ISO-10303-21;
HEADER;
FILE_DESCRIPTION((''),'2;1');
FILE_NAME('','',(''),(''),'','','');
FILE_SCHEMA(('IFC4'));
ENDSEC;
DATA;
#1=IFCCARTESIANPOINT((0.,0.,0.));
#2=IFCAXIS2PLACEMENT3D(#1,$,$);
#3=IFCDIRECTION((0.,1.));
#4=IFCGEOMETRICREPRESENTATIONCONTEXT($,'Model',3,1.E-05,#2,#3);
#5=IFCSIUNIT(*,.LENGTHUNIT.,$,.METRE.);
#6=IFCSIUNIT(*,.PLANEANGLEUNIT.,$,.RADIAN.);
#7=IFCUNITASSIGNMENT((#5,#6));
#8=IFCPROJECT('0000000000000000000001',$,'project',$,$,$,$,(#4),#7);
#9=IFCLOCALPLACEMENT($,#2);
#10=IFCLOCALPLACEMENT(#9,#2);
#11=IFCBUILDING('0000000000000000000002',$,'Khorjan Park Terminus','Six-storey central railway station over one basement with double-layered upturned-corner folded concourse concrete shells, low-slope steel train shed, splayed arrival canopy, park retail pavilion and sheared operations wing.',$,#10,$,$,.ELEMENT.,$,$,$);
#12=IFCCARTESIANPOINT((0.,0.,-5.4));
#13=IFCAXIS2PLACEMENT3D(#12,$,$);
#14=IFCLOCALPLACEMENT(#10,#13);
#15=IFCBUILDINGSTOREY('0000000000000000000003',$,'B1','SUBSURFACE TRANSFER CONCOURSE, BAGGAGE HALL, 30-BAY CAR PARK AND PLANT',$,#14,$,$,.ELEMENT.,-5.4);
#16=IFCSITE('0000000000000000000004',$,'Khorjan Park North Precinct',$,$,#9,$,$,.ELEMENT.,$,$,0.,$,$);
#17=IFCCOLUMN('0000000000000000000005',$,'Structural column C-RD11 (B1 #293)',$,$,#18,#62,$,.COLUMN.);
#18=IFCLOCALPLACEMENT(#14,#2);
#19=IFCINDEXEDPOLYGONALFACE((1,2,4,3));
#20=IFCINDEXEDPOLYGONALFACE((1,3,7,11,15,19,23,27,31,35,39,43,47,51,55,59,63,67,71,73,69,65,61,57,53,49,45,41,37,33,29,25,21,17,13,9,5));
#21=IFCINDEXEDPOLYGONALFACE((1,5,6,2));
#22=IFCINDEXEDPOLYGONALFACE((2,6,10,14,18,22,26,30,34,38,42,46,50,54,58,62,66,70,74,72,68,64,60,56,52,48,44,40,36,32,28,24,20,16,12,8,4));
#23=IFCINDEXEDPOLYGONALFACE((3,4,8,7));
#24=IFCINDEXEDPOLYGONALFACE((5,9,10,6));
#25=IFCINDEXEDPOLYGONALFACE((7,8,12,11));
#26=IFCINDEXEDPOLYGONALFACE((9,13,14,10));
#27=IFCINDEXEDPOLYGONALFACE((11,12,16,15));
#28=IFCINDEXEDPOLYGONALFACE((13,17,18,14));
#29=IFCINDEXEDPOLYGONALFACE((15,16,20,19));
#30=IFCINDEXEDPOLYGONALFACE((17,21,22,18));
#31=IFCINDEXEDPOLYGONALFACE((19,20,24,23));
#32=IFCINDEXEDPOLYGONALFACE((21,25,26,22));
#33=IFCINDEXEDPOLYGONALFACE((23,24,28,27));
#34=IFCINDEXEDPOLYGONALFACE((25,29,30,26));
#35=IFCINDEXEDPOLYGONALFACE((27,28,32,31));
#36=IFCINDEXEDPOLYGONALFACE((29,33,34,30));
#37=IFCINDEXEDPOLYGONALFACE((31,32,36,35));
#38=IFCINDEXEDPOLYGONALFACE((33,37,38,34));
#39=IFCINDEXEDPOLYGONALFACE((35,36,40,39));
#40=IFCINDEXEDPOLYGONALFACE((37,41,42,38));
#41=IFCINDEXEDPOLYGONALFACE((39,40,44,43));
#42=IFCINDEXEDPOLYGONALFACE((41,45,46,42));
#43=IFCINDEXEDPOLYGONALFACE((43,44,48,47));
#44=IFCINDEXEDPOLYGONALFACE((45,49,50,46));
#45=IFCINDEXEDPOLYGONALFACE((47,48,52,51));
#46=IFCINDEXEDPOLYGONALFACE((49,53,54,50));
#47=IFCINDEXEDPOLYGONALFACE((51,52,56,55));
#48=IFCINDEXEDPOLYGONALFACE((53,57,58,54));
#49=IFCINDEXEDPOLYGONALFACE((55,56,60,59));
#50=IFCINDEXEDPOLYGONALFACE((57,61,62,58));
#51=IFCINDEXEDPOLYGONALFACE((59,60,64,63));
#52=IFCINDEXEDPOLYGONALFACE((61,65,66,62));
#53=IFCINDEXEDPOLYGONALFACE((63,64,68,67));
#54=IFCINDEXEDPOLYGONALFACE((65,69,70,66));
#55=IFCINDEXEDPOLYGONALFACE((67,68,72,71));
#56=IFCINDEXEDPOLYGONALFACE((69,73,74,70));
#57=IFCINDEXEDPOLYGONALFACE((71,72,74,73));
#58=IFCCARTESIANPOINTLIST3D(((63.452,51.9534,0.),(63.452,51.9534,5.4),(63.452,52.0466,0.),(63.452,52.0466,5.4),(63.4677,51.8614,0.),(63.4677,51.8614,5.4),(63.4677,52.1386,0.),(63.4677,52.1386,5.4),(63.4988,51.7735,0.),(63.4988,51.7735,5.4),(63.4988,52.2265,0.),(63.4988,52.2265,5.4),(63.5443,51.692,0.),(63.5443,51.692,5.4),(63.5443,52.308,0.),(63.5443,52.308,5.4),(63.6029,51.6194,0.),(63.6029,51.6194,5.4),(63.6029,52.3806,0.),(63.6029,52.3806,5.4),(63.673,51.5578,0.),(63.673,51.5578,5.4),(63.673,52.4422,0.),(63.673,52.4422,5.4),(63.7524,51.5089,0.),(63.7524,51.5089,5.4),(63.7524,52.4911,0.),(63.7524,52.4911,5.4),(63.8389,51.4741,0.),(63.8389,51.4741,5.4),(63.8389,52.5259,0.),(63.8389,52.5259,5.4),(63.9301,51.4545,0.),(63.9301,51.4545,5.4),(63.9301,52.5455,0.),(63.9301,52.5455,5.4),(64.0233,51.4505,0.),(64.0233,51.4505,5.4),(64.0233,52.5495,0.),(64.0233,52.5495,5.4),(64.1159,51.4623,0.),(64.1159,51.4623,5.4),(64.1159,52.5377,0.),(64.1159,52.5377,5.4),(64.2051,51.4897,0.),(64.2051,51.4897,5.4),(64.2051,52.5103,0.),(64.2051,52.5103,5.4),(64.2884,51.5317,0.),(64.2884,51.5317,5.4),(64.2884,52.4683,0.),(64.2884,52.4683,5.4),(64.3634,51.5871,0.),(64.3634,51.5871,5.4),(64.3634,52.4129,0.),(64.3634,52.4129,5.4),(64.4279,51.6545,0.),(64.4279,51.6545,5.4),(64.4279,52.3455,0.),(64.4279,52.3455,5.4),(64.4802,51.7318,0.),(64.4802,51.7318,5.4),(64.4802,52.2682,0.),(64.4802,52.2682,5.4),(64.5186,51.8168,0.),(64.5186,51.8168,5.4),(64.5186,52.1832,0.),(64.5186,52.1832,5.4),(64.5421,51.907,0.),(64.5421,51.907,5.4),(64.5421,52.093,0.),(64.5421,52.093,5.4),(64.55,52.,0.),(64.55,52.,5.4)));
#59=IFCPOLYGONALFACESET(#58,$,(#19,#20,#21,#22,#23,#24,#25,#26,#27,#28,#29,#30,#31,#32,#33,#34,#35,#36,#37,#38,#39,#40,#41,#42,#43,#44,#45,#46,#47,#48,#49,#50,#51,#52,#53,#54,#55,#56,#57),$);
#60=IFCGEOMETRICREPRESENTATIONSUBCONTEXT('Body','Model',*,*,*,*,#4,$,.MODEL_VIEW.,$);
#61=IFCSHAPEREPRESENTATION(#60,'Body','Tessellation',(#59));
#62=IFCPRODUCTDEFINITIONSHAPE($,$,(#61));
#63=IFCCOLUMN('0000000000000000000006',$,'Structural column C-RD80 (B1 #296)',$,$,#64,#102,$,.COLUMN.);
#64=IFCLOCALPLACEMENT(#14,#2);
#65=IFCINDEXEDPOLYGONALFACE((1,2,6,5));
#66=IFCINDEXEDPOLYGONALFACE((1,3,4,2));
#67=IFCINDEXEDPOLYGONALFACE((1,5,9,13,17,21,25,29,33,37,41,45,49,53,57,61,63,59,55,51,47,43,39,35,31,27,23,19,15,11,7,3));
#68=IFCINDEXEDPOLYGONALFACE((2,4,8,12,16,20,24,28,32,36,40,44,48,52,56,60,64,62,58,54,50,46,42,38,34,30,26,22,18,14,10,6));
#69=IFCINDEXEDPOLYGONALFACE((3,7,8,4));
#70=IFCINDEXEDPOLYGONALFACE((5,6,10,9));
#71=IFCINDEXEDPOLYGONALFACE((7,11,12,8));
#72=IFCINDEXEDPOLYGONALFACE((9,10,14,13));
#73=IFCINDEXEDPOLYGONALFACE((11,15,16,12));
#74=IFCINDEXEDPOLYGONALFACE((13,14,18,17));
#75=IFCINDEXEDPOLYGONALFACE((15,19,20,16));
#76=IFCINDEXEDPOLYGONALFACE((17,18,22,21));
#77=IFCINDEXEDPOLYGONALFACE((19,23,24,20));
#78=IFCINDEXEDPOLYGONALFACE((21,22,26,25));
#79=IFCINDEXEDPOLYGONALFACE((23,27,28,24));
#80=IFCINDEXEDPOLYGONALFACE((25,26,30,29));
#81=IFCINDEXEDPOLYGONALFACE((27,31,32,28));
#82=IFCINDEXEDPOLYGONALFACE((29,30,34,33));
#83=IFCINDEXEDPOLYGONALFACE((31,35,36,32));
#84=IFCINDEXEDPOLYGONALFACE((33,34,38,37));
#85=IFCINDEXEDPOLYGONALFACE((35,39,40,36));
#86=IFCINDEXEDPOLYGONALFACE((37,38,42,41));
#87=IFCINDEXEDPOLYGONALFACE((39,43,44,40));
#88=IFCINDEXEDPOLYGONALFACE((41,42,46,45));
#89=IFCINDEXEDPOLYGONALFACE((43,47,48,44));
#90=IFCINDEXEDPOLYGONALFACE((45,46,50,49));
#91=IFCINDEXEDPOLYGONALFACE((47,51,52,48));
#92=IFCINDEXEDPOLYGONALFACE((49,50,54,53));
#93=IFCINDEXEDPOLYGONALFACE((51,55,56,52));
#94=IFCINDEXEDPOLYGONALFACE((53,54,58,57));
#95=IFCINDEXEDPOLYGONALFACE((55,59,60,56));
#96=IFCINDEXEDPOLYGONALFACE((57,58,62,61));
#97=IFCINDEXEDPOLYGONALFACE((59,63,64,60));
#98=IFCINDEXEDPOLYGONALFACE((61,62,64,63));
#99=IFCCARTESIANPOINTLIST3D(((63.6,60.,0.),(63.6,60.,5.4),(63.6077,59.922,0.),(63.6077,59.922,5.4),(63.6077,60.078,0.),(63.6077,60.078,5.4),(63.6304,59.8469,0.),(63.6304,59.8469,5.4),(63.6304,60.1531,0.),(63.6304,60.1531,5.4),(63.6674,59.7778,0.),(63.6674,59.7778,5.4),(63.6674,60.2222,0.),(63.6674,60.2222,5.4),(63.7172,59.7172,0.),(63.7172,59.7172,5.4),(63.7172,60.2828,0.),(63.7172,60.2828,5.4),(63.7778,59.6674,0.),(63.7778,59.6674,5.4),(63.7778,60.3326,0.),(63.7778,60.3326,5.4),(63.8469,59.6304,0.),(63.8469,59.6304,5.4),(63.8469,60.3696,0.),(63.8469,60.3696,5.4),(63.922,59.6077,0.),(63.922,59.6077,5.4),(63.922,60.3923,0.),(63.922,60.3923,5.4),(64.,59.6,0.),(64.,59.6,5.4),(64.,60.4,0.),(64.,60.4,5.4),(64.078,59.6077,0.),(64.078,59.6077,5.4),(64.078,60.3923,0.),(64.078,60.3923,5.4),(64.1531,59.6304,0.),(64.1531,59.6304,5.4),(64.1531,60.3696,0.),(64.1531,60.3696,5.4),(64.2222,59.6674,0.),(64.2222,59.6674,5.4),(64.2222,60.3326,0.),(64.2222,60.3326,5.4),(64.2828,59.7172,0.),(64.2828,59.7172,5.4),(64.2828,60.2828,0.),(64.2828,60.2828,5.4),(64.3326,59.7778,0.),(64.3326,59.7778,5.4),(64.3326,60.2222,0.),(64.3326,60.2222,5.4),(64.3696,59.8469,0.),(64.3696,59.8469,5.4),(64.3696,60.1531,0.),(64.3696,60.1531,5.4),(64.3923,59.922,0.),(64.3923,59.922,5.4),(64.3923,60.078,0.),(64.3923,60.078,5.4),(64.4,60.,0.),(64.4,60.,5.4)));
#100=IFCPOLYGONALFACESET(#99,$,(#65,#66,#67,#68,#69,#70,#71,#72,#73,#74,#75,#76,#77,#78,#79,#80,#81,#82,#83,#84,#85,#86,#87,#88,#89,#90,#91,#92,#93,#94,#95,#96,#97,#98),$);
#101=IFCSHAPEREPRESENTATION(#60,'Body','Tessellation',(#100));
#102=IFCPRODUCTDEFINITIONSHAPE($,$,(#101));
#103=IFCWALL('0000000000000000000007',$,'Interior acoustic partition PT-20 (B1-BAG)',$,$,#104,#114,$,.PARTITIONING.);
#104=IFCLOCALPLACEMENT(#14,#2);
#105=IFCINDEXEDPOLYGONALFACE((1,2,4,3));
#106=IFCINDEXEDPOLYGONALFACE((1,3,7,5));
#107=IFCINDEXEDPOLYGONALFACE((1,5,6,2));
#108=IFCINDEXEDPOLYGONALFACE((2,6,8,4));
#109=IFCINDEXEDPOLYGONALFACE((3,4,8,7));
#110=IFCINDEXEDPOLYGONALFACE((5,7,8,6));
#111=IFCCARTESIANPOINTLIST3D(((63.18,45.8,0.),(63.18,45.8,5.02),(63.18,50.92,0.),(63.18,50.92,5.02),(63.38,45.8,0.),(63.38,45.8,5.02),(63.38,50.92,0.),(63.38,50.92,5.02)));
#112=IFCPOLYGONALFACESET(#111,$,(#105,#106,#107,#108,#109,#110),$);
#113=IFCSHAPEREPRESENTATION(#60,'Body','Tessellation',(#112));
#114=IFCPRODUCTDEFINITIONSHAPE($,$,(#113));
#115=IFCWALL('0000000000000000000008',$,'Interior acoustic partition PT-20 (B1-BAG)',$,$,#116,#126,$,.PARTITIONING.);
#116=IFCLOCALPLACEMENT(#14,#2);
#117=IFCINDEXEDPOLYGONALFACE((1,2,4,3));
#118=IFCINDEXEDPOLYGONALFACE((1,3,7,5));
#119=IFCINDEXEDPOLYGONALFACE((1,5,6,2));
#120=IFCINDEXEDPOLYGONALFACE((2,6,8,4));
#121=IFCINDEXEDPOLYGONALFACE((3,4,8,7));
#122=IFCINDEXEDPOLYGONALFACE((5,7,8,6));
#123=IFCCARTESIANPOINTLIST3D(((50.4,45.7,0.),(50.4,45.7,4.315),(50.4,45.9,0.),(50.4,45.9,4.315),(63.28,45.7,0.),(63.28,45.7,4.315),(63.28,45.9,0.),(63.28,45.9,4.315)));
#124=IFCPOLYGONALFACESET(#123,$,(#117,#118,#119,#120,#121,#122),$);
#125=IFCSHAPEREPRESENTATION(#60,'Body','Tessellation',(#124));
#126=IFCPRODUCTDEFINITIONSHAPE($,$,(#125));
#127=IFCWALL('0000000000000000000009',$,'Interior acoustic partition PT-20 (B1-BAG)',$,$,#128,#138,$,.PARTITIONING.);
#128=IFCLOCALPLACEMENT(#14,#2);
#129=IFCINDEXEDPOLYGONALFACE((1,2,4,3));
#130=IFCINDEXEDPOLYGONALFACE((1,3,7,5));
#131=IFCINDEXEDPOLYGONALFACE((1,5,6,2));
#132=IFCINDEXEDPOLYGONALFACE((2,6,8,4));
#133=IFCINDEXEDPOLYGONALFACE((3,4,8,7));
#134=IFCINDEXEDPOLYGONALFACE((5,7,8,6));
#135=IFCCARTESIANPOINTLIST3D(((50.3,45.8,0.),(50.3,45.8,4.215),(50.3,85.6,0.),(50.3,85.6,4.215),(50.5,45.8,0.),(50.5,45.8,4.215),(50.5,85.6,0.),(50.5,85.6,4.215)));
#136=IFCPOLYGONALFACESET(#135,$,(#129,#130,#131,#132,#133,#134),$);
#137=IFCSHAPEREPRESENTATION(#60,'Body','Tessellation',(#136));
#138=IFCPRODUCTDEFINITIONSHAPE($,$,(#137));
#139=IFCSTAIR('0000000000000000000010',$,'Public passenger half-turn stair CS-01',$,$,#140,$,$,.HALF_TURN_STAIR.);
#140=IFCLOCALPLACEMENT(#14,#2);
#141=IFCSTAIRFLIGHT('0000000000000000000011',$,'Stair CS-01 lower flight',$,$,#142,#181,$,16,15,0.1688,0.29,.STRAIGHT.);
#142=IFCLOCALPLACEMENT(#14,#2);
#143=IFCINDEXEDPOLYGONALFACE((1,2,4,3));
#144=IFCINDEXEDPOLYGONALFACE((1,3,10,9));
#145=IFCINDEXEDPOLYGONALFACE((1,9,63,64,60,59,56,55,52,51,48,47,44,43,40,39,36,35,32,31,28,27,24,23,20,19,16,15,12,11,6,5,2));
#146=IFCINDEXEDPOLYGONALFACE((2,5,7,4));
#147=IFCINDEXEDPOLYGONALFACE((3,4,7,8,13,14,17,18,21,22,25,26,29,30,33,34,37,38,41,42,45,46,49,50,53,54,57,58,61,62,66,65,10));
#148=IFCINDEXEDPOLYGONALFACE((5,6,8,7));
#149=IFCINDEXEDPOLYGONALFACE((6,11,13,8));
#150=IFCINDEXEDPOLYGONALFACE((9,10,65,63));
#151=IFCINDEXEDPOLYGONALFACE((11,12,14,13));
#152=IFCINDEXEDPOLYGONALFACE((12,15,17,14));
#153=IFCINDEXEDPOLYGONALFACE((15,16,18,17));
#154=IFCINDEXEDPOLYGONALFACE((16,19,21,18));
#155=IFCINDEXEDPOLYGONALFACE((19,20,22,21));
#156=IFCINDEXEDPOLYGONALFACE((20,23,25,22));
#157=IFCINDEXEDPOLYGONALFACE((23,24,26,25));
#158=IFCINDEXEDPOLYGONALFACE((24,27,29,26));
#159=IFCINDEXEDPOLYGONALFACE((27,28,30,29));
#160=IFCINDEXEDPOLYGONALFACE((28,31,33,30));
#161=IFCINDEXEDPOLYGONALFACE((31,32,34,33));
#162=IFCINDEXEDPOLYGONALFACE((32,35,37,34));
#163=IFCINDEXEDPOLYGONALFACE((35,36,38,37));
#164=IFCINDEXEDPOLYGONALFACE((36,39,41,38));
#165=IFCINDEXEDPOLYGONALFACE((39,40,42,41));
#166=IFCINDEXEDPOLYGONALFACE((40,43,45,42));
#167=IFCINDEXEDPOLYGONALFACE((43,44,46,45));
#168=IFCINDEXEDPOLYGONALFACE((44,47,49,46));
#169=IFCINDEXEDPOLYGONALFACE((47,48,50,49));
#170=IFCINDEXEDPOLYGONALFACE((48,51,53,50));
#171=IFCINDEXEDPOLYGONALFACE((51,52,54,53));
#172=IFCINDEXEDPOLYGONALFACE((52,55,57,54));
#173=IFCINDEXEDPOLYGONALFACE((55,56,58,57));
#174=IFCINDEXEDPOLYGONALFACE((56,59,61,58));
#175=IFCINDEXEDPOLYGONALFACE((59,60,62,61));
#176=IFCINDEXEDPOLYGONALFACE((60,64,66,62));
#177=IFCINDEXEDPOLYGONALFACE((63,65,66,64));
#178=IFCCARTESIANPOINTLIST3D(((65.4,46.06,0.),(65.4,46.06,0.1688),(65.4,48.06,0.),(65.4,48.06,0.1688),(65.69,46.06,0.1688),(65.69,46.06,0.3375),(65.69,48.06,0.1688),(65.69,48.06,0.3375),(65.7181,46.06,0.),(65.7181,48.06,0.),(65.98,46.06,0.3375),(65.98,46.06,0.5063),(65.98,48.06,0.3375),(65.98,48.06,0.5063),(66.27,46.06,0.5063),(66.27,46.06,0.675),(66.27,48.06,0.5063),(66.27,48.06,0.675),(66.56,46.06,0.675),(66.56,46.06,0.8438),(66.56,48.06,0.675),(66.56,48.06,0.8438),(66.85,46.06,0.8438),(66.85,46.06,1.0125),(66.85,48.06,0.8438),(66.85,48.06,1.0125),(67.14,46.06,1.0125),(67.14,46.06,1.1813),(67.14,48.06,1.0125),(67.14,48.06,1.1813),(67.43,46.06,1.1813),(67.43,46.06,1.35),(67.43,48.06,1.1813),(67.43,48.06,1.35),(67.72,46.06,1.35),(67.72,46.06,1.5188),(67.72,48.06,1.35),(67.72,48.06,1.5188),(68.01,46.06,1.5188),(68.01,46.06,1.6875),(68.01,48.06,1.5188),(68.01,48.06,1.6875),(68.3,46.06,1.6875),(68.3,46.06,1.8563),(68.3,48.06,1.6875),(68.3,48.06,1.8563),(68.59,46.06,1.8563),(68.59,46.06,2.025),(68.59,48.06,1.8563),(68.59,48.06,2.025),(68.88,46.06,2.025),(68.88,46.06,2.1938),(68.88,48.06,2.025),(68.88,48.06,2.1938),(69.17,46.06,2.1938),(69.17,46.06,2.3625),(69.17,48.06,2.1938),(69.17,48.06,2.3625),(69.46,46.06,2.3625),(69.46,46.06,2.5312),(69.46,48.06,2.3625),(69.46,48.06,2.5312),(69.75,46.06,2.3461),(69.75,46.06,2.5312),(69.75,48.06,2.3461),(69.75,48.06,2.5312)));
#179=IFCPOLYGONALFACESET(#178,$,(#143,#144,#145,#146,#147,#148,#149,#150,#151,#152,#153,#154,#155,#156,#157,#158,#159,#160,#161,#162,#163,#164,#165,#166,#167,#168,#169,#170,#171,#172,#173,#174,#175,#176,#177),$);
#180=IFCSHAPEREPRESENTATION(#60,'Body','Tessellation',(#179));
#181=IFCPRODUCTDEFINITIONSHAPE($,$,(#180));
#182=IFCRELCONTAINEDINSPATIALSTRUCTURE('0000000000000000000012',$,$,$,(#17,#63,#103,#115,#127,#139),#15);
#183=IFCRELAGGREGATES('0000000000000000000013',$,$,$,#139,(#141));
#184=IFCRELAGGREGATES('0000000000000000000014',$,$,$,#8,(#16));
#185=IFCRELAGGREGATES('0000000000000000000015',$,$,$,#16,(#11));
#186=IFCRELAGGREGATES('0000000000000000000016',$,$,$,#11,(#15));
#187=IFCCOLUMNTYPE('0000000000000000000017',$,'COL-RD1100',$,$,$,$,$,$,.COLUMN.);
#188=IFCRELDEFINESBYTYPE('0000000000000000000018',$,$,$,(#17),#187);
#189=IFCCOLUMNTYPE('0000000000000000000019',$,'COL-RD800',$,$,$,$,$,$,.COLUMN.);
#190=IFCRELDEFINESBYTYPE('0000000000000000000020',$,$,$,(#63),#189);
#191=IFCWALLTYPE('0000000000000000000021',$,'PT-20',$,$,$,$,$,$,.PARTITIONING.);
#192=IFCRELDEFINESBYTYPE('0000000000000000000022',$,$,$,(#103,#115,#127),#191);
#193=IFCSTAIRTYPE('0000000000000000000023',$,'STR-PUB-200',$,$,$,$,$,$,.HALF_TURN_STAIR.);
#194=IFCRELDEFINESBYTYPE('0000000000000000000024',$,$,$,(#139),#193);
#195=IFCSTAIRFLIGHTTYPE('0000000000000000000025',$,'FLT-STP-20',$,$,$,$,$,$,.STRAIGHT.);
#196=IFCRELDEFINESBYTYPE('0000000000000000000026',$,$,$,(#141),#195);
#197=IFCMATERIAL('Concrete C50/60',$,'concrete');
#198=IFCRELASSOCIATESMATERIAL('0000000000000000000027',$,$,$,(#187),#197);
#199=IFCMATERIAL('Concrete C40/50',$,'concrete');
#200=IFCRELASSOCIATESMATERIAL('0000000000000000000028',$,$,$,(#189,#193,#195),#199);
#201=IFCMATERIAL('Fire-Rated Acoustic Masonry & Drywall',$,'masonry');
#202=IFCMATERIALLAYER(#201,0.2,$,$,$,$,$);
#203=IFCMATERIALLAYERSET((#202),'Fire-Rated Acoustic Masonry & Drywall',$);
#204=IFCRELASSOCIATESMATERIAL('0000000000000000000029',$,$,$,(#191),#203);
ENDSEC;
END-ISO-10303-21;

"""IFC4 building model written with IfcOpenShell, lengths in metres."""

from ifc_helpers import new_model, si_unit, direction, frame, frame_2d, origin, origin_2d, place, context, subcontext, project, spatial, polyline, rectangle, circle, outline, extrude, material, layer, layer_set, material_profile, profile_set, type_object, element, aggregate, save


model = new_model("IFC4")

# Units and contexts
model_context = context("Model", 3, precision=1e-05, world=origin(), true_north=direction((0.0, 1.0)))
body_context = subcontext(model_context, "Body", "Model", "MODEL_VIEW")
ifc_project = project(units=[si_unit("LENGTHUNIT", "METRE"), si_unit("PLANEANGLEUNIT", "RADIAN")], contexts=[model_context])

# Site, building, storey
site_placement = place(None, origin())
site = spatial("IfcSite", under=ifc_project, at=site_placement, Name="Khorjan Park North Precinct", CompositionType="ELEMENT", RefElevation=0.0)
building_placement = place(site_placement, origin())
building = spatial("IfcBuilding", under=site, at=building_placement, Name="Khorjan Park Terminus", Description="Six-storey central railway station over one basement with double-layered upturned-corner folded concourse concrete shells, low-slope steel train shed, splayed arrival canopy, park retail pavilion and sheared operations wing.", CompositionType="ELEMENT")
storey_placement = place(building_placement, frame((0.0, 0.0, -5.4)))
storey = spatial("IfcBuildingStorey", under=building, at=storey_placement, Name="B1", Description="SUBSURFACE TRANSFER CONCOURSE, BAGGAGE HALL, 30-BAY CAR PARK AND PLANT", CompositionType="ELEMENT", Elevation=-5.4)

# Shared definitions
ifc_material_1 = material(Name="Concrete C40/50", Category="concrete")

# Columns
ifc_material_2 = material(Name="Concrete C50/60", Category="concrete")
ifc_material_profile_1 = material_profile(ifc_material_2, circle(Radius=0.55, at=origin_2d()), Name="RC D1100")
ifc_profile_set_1 = profile_set([ifc_material_profile_1], Name="Concrete C50/60")
column_type_1 = type_object("IfcColumnType", Name="COL-RD1100", PredefinedType="COLUMN", material=ifc_profile_set_1)
column_1_placement = place(storey_placement, frame((64.0, 52.0, 0.0), z_axis=(0.0, 0.0, 1.0), x_axis=(1.0, 0.0, 0.0)))
element("IfcColumn", 1, at=column_1_placement, inside=storey, type_object=column_type_1, Name="Structural column C-RD11 (B1 #293)", PredefinedType="COLUMN", context=body_context, shape_type="SweptSolid", body=[
    extrude(circle(Radius=0.55, at=origin_2d()), origin(), (0.0, 0.0, 1.0), 5.4),
])
ifc_material_profile_2 = material_profile(ifc_material_1, circle(Radius=0.4, at=origin_2d()), Name="RC D800")
ifc_profile_set_2 = profile_set([ifc_material_profile_2], Name="Concrete C40/50")
column_type_2 = type_object("IfcColumnType", Name="COL-RD800", PredefinedType="COLUMN", material=ifc_profile_set_2)
column_2_placement = place(storey_placement, frame((64.0, 60.0, 0.0), z_axis=(0.0, 0.0, 1.0), x_axis=(1.0, 0.0, 0.0)))
element("IfcColumn", 2, at=column_2_placement, inside=storey, type_object=column_type_2, Name="Structural column C-RD80 (B1 #296)", PredefinedType="COLUMN", context=body_context, shape_type="SweptSolid", body=[
    extrude(circle(Radius=0.4, at=origin_2d()), origin(), (0.0, 0.0, 1.0), 5.4),
])

# Walls
ifc_material_3 = material(Name="Fire-Rated Acoustic Masonry & Drywall", Category="masonry")
ifc_layer = layer(ifc_material_3, 0.2)
ifc_layer_set = layer_set([ifc_layer], Name="Fire-Rated Acoustic Masonry & Drywall")
wall_type = type_object("IfcWallType", Name="PT-20", PredefinedType="PARTITIONING", material=ifc_layer_set)
wall_1_placement = place(storey_placement, frame((63.28, 50.92, 0.0), z_axis=(0.0, 0.0, 1.0), x_axis=(0.0, -1.0, 0.0)))
element("IfcWall", 3, at=wall_1_placement, inside=storey, type_object=wall_type, Name="Interior acoustic partition PT-20 (B1-BAG)", PredefinedType="PARTITIONING", context=body_context, shape_type="SweptSolid", body=[
    extrude(rectangle(XDim=5.12, YDim=0.2, at=frame_2d((2.56, 0.0))), origin(), (0.0, 0.0, 1.0), 5.02),
])
wall_2_placement = place(storey_placement, frame((63.28, 45.8, 0.0), z_axis=(0.0, 0.0, 1.0), x_axis=(-1.0, 0.0, 0.0)))
element("IfcWall", 4, at=wall_2_placement, inside=storey, type_object=wall_type, Name="Interior acoustic partition PT-20 (B1-BAG)", PredefinedType="PARTITIONING", context=body_context, shape_type="SweptSolid", body=[
    extrude(rectangle(XDim=12.88, YDim=0.2, at=frame_2d((6.44, 0.0))), origin(), (0.0, 0.0, 1.0), 4.315),
])
wall_3_placement = place(storey_placement, frame((50.4, 45.8, 0.0), z_axis=(0.0, 0.0, 1.0), x_axis=(0.0, 1.0, 0.0)))
element("IfcWall", 5, at=wall_3_placement, inside=storey, type_object=wall_type, Name="Interior acoustic partition PT-20 (B1-BAG)", PredefinedType="PARTITIONING", context=body_context, shape_type="SweptSolid", body=[
    extrude(rectangle(XDim=39.8, YDim=0.2, at=frame_2d((19.9, 0.0))), origin(), (0.0, 0.0, 1.0), 4.215),
])

# Stair, stair flight
stair_type = type_object("IfcStairType", Name="STR-PUB-200", PredefinedType="HALF_TURN_STAIR", material=ifc_material_1)
stair_placement = place(storey_placement, origin())
stair = element("IfcStair", 6, at=stair_placement, inside=storey, type_object=stair_type, Name="Public passenger half-turn stair CS-01", PredefinedType="HALF_TURN_STAIR")
stair_flight_type = type_object("IfcStairFlightType", Name="FLT-STP-20", PredefinedType="STRAIGHT", material=ifc_material_1)
stair_flight_placement = place(storey_placement, frame((65.4, 47.06, 0.0), z_axis=(0.0, 0.0, 1.0), x_axis=(1.0, 0.0, 0.0)))
stair_flight = element("IfcStairFlight", 7, at=stair_flight_placement, type_object=stair_flight_type, Name="Stair CS-01 lower flight", NumberOfRisers=16, NumberOfTreads=15, PredefinedType="STRAIGHT", RiserHeight=0.1688, TreadLength=0.29, context=body_context, shape_type="SweptSolid", body=[
    extrude(outline(polyline([(0.0, 0.0), (0.0, 0.1688), (0.29, 0.1688), (0.29, 0.3375), (0.58, 0.3375), (0.58, 0.5063), (0.87, 0.5063), (0.87, 0.675), (1.16, 0.675), (1.16, 0.8438), (1.45, 0.8438), (1.45, 1.0125), (1.74, 1.0125), (1.74, 1.1813), (2.03, 1.1813), (2.03, 1.35), (2.32, 1.35), (2.32, 1.5188), (2.61, 1.5188), (2.61, 1.6875), (2.9, 1.6875), (2.9, 1.8563), (3.19, 1.8563), (3.19, 2.025), (3.48, 2.025), (3.48, 2.1938), (3.77, 2.1938), (3.77, 2.3625), (4.06, 2.3625), (4.06, 2.5312), (4.35, 2.5312), (4.35, 2.7), (4.35, 2.3461), (0.3181, 0.0), (0.0, 0.0)])), frame((0.0, 1.0, 0.0), z_axis=(0.0, -1.0, 0.0), x_axis=(1.0, 0.0, 0.0)), (0.0, 0.0, 1.0), 2.0),
])
aggregate(stair, [stair_flight])

save(model, "model.ifc")
